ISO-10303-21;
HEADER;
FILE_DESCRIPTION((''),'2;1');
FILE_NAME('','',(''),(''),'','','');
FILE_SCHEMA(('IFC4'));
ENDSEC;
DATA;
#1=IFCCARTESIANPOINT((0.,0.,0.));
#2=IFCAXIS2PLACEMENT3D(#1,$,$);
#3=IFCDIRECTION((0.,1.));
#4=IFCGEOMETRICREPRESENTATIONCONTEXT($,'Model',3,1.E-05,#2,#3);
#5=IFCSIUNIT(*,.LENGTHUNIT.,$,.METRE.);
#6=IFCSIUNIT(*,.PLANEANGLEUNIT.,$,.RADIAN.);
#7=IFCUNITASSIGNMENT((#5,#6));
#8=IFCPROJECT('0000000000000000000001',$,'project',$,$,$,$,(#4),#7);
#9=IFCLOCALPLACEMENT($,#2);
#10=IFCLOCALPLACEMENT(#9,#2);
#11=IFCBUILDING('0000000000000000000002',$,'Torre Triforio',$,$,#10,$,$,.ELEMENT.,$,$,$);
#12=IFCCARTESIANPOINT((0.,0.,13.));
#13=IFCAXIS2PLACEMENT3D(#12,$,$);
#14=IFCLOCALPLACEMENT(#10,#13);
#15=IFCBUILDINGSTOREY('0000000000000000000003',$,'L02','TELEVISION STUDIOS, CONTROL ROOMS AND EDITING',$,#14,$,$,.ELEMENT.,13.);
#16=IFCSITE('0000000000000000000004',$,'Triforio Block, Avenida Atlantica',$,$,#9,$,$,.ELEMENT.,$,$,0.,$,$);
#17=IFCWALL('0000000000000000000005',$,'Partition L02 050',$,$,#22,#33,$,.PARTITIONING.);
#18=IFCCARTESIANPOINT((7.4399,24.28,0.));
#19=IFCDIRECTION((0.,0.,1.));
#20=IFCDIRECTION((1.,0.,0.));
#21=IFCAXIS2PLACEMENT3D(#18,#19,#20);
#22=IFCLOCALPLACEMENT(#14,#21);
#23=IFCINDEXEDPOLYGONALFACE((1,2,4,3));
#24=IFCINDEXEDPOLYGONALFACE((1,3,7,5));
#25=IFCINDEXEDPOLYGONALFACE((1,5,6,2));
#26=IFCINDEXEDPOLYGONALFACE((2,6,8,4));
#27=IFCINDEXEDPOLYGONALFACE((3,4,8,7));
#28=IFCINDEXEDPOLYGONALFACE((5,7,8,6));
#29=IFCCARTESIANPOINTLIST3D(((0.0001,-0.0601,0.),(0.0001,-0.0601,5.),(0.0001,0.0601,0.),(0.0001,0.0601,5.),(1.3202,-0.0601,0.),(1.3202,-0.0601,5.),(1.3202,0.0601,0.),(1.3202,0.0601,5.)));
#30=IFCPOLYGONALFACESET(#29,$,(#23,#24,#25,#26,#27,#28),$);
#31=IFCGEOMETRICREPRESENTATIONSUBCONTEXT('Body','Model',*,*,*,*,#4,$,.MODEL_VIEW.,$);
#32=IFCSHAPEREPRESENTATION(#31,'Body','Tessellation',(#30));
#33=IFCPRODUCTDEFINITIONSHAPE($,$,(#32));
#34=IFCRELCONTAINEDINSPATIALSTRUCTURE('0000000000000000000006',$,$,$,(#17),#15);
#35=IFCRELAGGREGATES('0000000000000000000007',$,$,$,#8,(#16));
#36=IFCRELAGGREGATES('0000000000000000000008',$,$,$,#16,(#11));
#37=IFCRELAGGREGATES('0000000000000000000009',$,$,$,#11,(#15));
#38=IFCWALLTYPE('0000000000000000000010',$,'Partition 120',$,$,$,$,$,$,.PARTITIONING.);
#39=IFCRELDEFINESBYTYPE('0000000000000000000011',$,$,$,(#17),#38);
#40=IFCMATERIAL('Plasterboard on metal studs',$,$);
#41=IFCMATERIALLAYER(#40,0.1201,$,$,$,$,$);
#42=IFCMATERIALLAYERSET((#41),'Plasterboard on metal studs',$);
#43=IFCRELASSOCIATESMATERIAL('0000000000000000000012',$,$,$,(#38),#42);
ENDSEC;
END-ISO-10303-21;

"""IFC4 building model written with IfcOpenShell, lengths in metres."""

from ifc_helpers import new_model, si_unit, direction, frame, frame_2d, origin, place, context, subcontext, project, spatial, rectangle, extrude, material, layer, layer_set, type_object, element, save


model = new_model("IFC4")

# Units and contexts
model_context = context("Model", 3, precision=1e-05, world=origin(), true_north=direction((0.0, 1.0)))
body_context = subcontext(model_context, "Body", "Model", "MODEL_VIEW")
ifc_project = project(units=[si_unit("LENGTHUNIT", "METRE"), si_unit("PLANEANGLEUNIT", "RADIAN")], contexts=[model_context])

# Site, building, storey
site_placement = place(None, origin())
site = spatial("IfcSite", under=ifc_project, at=site_placement, Name="Triforio Block, Avenida Atlantica", CompositionType="ELEMENT", RefElevation=0.0)
building_placement = place(site_placement, origin())
building = spatial("IfcBuilding", under=site, at=building_placement, Name="Torre Triforio", CompositionType="ELEMENT")
storey_placement = place(building_placement, frame((0.0, 0.0, 13.0)))
storey = spatial("IfcBuildingStorey", under=building, at=storey_placement, Name="L02", Description="TELEVISION STUDIOS, CONTROL ROOMS AND EDITING", CompositionType="ELEMENT", Elevation=13.0)

# Shared definitions
ifc_material_1 = material(Name="Plasterboard on metal studs")

# Wall
ifc_layer_1 = layer(ifc_material_1, 0.1201)
ifc_layer_set_1 = layer_set([ifc_layer_1], Name="Plasterboard on metal studs")
wall_type_1 = type_object("IfcWallType", Name="Partition 120", PredefinedType="PARTITIONING", material=ifc_layer_set_1)
wall_1_placement = place(storey_placement, frame((7.4399, 24.28, 0.0), z_axis=(0.0, 0.0, 1.0), x_axis=(1.0, 0.0, 0.0)))
element("IfcWall", 1, at=wall_1_placement, inside=storey, type_object=wall_type_1, Name="Partition L02 050", PredefinedType="PARTITIONING", context=body_context, shape_type="SweptSolid", body=[
    extrude(rectangle(XDim=1.3201, YDim=0.1201, at=frame_2d((0.6602, 0.0))), origin(), (0.0, 0.0, 1.0), 5.0),
])

save(model, "model.ifc")
